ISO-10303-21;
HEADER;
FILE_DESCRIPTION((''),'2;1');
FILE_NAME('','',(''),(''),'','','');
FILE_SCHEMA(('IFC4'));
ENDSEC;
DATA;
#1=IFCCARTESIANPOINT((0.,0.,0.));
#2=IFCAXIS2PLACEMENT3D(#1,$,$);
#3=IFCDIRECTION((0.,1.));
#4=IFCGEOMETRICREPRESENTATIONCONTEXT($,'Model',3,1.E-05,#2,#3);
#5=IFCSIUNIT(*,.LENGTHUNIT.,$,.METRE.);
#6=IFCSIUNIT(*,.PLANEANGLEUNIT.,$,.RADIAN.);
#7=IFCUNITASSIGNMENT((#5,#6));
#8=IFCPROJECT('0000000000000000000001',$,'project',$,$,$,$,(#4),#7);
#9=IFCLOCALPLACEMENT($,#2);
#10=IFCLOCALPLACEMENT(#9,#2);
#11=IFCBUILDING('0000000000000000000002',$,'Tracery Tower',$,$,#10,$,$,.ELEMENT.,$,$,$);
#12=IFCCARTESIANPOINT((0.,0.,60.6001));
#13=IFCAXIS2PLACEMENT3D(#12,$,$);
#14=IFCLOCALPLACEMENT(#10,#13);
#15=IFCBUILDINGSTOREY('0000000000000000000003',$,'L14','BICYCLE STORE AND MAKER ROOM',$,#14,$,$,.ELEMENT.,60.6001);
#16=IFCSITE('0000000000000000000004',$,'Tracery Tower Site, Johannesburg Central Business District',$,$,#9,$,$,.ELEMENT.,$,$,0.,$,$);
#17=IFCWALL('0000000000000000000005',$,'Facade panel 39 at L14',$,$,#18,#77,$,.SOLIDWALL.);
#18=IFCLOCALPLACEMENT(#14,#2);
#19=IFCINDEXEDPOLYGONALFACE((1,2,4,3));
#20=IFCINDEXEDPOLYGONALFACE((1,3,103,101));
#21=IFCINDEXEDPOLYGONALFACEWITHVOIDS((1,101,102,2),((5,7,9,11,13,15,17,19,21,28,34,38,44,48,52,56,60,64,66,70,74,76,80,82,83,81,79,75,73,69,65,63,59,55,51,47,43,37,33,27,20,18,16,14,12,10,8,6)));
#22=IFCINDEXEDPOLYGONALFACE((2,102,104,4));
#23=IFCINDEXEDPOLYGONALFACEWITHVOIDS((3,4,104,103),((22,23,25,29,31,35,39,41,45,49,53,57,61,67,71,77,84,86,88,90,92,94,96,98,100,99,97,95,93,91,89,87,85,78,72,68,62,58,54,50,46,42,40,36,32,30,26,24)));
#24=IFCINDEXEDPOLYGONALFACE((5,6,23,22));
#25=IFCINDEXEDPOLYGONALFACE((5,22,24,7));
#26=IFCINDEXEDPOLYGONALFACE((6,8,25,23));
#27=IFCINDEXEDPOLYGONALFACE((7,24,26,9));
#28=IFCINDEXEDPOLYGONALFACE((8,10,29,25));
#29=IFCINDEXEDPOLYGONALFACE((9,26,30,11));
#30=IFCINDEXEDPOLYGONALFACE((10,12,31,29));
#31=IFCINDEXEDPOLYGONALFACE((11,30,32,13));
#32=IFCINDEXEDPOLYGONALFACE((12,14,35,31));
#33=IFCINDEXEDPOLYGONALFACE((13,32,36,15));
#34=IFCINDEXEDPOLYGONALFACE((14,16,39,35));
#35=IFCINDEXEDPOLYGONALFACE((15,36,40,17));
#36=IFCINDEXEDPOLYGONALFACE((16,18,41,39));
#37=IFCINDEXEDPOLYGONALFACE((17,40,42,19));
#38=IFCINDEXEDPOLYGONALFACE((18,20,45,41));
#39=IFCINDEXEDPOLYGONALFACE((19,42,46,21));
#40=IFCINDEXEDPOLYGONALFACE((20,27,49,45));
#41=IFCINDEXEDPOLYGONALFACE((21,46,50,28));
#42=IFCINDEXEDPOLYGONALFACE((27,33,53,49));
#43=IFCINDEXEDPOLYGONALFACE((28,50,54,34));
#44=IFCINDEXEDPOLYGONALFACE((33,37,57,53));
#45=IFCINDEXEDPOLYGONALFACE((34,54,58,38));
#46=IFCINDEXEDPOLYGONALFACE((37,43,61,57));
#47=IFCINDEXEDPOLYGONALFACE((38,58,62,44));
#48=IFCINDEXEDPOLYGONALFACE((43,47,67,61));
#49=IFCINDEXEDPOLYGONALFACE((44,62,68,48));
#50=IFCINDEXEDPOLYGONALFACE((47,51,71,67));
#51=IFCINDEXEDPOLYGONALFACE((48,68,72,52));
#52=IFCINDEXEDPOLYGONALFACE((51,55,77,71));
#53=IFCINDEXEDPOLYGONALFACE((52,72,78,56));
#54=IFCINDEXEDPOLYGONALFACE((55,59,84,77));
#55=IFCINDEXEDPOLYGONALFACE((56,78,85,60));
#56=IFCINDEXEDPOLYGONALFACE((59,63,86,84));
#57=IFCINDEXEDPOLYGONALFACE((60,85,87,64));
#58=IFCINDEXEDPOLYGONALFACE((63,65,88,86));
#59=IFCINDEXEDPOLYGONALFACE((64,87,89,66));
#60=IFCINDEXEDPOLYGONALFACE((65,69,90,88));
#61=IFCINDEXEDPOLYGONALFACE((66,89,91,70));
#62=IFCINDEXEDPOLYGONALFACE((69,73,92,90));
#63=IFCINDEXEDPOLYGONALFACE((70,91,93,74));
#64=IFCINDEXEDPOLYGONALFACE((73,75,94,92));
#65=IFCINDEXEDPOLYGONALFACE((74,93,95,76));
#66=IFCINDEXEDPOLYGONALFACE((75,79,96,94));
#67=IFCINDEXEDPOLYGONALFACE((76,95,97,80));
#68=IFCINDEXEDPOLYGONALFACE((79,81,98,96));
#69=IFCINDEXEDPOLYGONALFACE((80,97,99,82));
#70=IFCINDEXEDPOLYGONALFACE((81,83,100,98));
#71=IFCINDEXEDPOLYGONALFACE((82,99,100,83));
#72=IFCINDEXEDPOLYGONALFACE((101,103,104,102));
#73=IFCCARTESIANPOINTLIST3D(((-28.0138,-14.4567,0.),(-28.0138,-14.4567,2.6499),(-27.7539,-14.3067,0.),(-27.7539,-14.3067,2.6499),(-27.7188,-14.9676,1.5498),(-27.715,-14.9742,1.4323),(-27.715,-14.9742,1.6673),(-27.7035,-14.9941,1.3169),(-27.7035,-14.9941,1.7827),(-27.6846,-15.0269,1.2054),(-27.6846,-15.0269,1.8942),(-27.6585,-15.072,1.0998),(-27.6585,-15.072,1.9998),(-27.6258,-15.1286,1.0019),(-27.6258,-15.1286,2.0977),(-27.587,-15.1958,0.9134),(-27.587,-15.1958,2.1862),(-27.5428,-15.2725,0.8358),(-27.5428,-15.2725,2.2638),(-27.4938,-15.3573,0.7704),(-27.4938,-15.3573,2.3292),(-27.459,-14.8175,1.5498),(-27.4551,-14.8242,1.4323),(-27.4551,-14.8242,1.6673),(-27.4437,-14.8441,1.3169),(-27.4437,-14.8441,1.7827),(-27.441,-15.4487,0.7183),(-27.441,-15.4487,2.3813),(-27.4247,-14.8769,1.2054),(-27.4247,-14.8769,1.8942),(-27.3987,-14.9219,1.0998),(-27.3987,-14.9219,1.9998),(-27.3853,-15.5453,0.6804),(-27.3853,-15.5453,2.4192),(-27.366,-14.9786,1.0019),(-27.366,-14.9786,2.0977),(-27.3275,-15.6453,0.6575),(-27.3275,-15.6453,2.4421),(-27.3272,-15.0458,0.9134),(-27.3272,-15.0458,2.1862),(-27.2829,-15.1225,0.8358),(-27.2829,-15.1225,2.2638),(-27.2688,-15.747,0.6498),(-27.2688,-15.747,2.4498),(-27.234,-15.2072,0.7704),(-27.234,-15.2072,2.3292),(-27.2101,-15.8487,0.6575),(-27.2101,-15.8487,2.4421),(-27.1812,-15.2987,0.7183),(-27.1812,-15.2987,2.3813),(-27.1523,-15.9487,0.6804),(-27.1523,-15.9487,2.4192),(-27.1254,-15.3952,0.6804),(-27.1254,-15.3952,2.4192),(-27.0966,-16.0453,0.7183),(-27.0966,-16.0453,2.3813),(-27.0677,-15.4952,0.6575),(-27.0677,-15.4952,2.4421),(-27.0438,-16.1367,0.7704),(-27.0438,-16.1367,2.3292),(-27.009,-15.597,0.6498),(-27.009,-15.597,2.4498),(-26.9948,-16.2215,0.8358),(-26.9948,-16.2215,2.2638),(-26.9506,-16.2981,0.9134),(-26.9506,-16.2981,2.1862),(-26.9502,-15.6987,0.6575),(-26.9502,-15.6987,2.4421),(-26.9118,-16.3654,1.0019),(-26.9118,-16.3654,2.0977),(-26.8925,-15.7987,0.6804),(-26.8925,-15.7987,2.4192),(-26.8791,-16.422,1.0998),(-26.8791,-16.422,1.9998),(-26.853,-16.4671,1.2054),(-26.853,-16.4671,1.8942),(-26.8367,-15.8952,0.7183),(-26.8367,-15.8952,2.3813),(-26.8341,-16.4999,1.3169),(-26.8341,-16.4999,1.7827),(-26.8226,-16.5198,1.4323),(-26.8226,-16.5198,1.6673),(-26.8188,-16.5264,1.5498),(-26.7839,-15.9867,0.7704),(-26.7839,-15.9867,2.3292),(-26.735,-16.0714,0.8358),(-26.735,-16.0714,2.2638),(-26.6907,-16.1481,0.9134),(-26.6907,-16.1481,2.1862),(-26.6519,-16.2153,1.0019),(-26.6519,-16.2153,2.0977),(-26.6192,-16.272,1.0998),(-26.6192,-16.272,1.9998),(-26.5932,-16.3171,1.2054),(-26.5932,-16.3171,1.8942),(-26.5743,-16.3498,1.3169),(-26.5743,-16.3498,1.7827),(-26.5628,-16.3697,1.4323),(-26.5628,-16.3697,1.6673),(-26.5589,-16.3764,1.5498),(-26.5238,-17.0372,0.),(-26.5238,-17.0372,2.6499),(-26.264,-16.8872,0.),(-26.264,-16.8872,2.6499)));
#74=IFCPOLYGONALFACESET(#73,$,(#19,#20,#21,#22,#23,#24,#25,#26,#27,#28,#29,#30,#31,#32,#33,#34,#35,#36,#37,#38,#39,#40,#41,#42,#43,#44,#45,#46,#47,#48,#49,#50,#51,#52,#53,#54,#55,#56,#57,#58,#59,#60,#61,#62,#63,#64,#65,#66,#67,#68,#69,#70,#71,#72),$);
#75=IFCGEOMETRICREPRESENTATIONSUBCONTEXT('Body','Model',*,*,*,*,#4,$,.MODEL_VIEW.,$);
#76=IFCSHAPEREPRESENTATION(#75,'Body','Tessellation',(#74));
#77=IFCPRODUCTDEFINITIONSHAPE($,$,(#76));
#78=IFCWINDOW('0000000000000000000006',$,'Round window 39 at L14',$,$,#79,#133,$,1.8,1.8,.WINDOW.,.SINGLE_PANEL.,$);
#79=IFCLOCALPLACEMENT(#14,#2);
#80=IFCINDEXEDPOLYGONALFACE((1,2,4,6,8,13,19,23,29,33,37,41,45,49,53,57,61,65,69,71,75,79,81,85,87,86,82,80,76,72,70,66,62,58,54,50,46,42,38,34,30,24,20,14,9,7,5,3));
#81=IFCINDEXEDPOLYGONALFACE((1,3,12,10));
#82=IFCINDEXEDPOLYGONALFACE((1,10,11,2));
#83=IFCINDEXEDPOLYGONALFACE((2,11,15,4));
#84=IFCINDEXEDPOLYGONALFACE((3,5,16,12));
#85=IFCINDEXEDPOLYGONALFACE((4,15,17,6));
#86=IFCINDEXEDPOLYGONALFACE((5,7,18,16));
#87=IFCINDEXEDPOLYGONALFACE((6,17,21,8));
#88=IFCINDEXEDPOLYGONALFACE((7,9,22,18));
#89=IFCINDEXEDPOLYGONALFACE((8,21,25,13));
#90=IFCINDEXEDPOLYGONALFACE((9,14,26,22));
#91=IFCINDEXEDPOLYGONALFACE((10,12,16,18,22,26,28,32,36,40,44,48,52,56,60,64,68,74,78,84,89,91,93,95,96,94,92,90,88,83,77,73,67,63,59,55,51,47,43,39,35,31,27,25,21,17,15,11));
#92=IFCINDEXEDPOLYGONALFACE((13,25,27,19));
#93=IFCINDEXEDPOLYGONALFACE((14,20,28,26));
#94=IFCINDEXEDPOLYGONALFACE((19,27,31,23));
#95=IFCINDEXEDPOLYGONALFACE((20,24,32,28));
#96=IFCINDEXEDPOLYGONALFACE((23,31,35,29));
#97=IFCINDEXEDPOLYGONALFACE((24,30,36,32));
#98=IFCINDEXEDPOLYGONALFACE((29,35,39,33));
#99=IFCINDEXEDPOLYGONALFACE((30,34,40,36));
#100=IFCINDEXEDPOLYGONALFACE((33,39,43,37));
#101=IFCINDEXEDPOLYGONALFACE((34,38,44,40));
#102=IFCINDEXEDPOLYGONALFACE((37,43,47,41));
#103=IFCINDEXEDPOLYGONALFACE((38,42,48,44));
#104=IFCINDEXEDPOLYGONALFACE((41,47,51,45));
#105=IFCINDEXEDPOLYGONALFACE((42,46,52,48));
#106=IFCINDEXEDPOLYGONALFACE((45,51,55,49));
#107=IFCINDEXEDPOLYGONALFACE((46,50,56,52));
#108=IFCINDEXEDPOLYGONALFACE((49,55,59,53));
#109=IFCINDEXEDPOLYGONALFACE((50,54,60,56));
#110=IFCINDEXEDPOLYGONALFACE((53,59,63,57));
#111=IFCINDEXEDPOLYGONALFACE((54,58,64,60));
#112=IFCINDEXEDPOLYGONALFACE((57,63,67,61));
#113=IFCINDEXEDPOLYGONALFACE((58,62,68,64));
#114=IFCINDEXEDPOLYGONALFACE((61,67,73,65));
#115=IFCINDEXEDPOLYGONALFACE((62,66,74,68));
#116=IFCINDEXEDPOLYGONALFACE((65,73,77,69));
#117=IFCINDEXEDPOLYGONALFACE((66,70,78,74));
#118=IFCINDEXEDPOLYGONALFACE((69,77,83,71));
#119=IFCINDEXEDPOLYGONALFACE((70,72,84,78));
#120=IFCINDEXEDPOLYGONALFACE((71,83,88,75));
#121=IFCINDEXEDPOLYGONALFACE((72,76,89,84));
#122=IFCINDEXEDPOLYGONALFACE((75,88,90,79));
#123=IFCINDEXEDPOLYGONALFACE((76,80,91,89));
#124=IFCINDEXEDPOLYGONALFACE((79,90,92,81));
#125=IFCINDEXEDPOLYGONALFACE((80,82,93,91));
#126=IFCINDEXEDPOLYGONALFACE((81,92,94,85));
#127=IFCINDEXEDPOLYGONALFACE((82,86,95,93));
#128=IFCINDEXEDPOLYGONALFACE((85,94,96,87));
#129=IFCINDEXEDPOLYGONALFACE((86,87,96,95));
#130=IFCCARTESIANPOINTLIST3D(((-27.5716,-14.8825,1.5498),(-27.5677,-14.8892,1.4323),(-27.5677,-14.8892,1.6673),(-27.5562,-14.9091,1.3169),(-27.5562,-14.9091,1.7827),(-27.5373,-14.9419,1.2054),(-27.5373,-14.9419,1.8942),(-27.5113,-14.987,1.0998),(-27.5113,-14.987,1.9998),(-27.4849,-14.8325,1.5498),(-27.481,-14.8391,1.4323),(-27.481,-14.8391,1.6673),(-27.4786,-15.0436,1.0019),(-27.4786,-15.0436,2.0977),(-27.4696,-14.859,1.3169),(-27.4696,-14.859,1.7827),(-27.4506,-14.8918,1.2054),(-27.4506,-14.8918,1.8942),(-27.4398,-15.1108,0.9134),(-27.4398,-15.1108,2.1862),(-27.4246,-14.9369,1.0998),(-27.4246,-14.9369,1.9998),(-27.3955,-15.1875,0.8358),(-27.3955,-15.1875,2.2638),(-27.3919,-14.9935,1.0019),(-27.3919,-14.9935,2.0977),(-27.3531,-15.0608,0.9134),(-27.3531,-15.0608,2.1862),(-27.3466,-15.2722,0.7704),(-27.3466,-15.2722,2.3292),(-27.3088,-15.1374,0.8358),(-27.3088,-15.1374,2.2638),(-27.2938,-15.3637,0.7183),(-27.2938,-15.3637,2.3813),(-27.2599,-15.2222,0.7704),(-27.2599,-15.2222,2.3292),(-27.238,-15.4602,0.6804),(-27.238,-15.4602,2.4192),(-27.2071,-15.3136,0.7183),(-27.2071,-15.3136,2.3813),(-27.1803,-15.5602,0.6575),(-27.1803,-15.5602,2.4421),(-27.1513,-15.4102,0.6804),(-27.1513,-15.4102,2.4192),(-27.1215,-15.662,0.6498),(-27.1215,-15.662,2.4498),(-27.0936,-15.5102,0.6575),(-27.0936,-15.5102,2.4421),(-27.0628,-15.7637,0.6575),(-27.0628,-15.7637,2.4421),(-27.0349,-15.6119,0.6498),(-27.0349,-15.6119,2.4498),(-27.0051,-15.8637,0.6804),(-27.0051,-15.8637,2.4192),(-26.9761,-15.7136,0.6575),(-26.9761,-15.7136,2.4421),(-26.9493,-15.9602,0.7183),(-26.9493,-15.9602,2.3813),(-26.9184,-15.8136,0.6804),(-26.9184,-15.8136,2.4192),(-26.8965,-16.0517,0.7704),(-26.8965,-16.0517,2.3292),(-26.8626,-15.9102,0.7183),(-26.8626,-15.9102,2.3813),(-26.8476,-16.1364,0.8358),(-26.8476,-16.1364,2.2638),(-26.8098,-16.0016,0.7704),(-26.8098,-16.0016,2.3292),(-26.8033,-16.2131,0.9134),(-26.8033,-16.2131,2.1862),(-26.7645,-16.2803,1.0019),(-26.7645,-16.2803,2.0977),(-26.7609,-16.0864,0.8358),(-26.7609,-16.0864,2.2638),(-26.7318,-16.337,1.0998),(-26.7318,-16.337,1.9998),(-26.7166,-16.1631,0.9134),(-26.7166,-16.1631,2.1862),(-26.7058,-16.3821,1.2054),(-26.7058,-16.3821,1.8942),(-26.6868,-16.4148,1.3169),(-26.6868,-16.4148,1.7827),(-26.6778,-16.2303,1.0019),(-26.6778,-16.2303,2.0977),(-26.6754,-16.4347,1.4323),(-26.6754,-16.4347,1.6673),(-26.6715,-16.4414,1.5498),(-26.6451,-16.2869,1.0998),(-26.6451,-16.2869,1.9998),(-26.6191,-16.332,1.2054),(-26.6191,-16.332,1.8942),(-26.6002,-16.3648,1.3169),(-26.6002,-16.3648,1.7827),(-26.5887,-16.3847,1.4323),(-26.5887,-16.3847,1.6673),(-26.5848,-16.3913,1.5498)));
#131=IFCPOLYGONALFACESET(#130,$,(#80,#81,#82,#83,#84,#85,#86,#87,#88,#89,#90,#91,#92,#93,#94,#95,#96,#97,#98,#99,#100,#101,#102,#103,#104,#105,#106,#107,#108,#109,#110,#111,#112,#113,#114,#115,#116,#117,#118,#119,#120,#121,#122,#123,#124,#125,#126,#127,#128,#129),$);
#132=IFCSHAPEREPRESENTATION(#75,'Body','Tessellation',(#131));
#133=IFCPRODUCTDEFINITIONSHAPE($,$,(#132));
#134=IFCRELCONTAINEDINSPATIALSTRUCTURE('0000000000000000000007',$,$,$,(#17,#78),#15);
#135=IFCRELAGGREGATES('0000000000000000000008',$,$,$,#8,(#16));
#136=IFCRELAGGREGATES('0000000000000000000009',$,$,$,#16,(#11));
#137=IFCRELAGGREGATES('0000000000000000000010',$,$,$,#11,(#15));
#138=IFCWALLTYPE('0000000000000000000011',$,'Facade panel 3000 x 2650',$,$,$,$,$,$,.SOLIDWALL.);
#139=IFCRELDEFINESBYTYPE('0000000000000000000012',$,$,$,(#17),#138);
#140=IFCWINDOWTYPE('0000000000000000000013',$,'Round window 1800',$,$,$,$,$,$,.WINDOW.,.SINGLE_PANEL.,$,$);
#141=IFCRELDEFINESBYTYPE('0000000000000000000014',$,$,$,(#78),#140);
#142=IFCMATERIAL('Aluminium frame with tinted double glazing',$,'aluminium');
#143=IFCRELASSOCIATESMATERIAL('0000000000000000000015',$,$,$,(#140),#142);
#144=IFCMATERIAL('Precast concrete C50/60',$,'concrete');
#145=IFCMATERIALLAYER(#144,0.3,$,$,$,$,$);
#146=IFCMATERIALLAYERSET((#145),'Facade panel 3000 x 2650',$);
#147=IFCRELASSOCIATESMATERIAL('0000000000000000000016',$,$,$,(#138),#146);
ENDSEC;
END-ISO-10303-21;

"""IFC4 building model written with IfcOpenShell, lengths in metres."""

from ifc_helpers import new_model, si_unit, direction, frame, frame_2d, origin, origin_2d, place, context, subcontext, project, spatial, rectangle, circle, extrude, material, layer, layer_set, type_object, element, fill, save


model = new_model("IFC4")

# Units and contexts
model_context = context("Model", 3, precision=1e-05, world=origin(), true_north=direction((0.0, 1.0)))
body_context = subcontext(model_context, "Body", "Model", "MODEL_VIEW")
ifc_project = project(units=[si_unit("LENGTHUNIT", "METRE"), si_unit("PLANEANGLEUNIT", "RADIAN")], contexts=[model_context])

# Site, building, storey
site_placement = place(None, origin())
site = spatial("IfcSite", under=ifc_project, at=site_placement, Name="Tracery Tower Site, Johannesburg Central Business District", CompositionType="ELEMENT", RefElevation=0.0)
building_placement = place(site_placement, origin())
building = spatial("IfcBuilding", under=site, at=building_placement, Name="Tracery Tower", CompositionType="ELEMENT")
storey_placement = place(building_placement, frame((0.0, 0.0, 60.6001)))
storey = spatial("IfcBuildingStorey", under=building, at=storey_placement, Name="L14", Description="BICYCLE STORE AND MAKER ROOM", CompositionType="ELEMENT", Elevation=60.6001)

# Wall, opening, window
ifc_material_1 = material(Name="Aluminium frame with tinted double glazing", Category="aluminium")
window_type = type_object("IfcWindowType", Name="Round window 1800", PartitioningType="SINGLE_PANEL", PredefinedType="WINDOW", material=ifc_material_1)
ifc_material_2 = material(Name="Precast concrete C50/60", Category="concrete")
ifc_layer_1 = layer(ifc_material_2, 0.3)
ifc_layer_set_1 = layer_set([ifc_layer_1], Name="Facade panel 3000 x 2650")
wall_type_1 = type_object("IfcWallType", Name="Facade panel 3000 x 2650", PredefinedType="SOLIDWALL", material=ifc_layer_set_1)
wall_1_placement = place(storey_placement, frame((-27.8838, -14.3818, 0.0), z_axis=(0.0, 0.0, 1.0), x_axis=(0.500025, -0.866011, 0.0)))
wall_1 = element("IfcWall", 1, at=wall_1_placement, inside=storey, type_object=wall_type_1, Name="Facade panel 39 at L14", PredefinedType="SOLIDWALL", context=body_context, shape_type="SweptSolid", body=[
    extrude(rectangle(XDim=2.9797, YDim=0.3, at=frame_2d((1.4897, 0.0))), origin(), (0.0, 0.0, 1.0), 2.6499),
])
opening_1_placement = place(wall_1_placement, frame((1.4897, 0.0, 1.5498)))
opening_1 = element("IfcOpeningElement", 2, at=opening_1_placement, cuts=wall_1, PredefinedType="OPENING", context=body_context, shape_type="SweptSolid", body=[
    extrude(circle(Radius=0.9, at=origin_2d()), frame((0.0, 0.1599, 0.0), z_axis=(0.0, -1.0, 0.0), x_axis=(1.0, 0.0, 0.0)), (0.0, 0.0, 1.0), 0.3201),
])
window_1_placement = place(opening_1_placement, origin())
window_1 = element("IfcWindow", 3, at=window_1_placement, inside=storey, type_object=window_type, Name="Round window 39 at L14", OverallHeight=1.8, OverallWidth=1.8, PartitioningType="SINGLE_PANEL", PredefinedType="WINDOW", context=body_context, shape_type="SweptSolid", body=[
    extrude(circle(Radius=0.9, at=origin_2d()), frame((0.0, 0.1201, 0.0), z_axis=(0.0, -1.0, 0.0), x_axis=(1.0, 0.0, 0.0)), (0.0, 0.0, 1.0), 0.1001),
])
fill(opening_1, window_1)

save(model, "model.ifc")
